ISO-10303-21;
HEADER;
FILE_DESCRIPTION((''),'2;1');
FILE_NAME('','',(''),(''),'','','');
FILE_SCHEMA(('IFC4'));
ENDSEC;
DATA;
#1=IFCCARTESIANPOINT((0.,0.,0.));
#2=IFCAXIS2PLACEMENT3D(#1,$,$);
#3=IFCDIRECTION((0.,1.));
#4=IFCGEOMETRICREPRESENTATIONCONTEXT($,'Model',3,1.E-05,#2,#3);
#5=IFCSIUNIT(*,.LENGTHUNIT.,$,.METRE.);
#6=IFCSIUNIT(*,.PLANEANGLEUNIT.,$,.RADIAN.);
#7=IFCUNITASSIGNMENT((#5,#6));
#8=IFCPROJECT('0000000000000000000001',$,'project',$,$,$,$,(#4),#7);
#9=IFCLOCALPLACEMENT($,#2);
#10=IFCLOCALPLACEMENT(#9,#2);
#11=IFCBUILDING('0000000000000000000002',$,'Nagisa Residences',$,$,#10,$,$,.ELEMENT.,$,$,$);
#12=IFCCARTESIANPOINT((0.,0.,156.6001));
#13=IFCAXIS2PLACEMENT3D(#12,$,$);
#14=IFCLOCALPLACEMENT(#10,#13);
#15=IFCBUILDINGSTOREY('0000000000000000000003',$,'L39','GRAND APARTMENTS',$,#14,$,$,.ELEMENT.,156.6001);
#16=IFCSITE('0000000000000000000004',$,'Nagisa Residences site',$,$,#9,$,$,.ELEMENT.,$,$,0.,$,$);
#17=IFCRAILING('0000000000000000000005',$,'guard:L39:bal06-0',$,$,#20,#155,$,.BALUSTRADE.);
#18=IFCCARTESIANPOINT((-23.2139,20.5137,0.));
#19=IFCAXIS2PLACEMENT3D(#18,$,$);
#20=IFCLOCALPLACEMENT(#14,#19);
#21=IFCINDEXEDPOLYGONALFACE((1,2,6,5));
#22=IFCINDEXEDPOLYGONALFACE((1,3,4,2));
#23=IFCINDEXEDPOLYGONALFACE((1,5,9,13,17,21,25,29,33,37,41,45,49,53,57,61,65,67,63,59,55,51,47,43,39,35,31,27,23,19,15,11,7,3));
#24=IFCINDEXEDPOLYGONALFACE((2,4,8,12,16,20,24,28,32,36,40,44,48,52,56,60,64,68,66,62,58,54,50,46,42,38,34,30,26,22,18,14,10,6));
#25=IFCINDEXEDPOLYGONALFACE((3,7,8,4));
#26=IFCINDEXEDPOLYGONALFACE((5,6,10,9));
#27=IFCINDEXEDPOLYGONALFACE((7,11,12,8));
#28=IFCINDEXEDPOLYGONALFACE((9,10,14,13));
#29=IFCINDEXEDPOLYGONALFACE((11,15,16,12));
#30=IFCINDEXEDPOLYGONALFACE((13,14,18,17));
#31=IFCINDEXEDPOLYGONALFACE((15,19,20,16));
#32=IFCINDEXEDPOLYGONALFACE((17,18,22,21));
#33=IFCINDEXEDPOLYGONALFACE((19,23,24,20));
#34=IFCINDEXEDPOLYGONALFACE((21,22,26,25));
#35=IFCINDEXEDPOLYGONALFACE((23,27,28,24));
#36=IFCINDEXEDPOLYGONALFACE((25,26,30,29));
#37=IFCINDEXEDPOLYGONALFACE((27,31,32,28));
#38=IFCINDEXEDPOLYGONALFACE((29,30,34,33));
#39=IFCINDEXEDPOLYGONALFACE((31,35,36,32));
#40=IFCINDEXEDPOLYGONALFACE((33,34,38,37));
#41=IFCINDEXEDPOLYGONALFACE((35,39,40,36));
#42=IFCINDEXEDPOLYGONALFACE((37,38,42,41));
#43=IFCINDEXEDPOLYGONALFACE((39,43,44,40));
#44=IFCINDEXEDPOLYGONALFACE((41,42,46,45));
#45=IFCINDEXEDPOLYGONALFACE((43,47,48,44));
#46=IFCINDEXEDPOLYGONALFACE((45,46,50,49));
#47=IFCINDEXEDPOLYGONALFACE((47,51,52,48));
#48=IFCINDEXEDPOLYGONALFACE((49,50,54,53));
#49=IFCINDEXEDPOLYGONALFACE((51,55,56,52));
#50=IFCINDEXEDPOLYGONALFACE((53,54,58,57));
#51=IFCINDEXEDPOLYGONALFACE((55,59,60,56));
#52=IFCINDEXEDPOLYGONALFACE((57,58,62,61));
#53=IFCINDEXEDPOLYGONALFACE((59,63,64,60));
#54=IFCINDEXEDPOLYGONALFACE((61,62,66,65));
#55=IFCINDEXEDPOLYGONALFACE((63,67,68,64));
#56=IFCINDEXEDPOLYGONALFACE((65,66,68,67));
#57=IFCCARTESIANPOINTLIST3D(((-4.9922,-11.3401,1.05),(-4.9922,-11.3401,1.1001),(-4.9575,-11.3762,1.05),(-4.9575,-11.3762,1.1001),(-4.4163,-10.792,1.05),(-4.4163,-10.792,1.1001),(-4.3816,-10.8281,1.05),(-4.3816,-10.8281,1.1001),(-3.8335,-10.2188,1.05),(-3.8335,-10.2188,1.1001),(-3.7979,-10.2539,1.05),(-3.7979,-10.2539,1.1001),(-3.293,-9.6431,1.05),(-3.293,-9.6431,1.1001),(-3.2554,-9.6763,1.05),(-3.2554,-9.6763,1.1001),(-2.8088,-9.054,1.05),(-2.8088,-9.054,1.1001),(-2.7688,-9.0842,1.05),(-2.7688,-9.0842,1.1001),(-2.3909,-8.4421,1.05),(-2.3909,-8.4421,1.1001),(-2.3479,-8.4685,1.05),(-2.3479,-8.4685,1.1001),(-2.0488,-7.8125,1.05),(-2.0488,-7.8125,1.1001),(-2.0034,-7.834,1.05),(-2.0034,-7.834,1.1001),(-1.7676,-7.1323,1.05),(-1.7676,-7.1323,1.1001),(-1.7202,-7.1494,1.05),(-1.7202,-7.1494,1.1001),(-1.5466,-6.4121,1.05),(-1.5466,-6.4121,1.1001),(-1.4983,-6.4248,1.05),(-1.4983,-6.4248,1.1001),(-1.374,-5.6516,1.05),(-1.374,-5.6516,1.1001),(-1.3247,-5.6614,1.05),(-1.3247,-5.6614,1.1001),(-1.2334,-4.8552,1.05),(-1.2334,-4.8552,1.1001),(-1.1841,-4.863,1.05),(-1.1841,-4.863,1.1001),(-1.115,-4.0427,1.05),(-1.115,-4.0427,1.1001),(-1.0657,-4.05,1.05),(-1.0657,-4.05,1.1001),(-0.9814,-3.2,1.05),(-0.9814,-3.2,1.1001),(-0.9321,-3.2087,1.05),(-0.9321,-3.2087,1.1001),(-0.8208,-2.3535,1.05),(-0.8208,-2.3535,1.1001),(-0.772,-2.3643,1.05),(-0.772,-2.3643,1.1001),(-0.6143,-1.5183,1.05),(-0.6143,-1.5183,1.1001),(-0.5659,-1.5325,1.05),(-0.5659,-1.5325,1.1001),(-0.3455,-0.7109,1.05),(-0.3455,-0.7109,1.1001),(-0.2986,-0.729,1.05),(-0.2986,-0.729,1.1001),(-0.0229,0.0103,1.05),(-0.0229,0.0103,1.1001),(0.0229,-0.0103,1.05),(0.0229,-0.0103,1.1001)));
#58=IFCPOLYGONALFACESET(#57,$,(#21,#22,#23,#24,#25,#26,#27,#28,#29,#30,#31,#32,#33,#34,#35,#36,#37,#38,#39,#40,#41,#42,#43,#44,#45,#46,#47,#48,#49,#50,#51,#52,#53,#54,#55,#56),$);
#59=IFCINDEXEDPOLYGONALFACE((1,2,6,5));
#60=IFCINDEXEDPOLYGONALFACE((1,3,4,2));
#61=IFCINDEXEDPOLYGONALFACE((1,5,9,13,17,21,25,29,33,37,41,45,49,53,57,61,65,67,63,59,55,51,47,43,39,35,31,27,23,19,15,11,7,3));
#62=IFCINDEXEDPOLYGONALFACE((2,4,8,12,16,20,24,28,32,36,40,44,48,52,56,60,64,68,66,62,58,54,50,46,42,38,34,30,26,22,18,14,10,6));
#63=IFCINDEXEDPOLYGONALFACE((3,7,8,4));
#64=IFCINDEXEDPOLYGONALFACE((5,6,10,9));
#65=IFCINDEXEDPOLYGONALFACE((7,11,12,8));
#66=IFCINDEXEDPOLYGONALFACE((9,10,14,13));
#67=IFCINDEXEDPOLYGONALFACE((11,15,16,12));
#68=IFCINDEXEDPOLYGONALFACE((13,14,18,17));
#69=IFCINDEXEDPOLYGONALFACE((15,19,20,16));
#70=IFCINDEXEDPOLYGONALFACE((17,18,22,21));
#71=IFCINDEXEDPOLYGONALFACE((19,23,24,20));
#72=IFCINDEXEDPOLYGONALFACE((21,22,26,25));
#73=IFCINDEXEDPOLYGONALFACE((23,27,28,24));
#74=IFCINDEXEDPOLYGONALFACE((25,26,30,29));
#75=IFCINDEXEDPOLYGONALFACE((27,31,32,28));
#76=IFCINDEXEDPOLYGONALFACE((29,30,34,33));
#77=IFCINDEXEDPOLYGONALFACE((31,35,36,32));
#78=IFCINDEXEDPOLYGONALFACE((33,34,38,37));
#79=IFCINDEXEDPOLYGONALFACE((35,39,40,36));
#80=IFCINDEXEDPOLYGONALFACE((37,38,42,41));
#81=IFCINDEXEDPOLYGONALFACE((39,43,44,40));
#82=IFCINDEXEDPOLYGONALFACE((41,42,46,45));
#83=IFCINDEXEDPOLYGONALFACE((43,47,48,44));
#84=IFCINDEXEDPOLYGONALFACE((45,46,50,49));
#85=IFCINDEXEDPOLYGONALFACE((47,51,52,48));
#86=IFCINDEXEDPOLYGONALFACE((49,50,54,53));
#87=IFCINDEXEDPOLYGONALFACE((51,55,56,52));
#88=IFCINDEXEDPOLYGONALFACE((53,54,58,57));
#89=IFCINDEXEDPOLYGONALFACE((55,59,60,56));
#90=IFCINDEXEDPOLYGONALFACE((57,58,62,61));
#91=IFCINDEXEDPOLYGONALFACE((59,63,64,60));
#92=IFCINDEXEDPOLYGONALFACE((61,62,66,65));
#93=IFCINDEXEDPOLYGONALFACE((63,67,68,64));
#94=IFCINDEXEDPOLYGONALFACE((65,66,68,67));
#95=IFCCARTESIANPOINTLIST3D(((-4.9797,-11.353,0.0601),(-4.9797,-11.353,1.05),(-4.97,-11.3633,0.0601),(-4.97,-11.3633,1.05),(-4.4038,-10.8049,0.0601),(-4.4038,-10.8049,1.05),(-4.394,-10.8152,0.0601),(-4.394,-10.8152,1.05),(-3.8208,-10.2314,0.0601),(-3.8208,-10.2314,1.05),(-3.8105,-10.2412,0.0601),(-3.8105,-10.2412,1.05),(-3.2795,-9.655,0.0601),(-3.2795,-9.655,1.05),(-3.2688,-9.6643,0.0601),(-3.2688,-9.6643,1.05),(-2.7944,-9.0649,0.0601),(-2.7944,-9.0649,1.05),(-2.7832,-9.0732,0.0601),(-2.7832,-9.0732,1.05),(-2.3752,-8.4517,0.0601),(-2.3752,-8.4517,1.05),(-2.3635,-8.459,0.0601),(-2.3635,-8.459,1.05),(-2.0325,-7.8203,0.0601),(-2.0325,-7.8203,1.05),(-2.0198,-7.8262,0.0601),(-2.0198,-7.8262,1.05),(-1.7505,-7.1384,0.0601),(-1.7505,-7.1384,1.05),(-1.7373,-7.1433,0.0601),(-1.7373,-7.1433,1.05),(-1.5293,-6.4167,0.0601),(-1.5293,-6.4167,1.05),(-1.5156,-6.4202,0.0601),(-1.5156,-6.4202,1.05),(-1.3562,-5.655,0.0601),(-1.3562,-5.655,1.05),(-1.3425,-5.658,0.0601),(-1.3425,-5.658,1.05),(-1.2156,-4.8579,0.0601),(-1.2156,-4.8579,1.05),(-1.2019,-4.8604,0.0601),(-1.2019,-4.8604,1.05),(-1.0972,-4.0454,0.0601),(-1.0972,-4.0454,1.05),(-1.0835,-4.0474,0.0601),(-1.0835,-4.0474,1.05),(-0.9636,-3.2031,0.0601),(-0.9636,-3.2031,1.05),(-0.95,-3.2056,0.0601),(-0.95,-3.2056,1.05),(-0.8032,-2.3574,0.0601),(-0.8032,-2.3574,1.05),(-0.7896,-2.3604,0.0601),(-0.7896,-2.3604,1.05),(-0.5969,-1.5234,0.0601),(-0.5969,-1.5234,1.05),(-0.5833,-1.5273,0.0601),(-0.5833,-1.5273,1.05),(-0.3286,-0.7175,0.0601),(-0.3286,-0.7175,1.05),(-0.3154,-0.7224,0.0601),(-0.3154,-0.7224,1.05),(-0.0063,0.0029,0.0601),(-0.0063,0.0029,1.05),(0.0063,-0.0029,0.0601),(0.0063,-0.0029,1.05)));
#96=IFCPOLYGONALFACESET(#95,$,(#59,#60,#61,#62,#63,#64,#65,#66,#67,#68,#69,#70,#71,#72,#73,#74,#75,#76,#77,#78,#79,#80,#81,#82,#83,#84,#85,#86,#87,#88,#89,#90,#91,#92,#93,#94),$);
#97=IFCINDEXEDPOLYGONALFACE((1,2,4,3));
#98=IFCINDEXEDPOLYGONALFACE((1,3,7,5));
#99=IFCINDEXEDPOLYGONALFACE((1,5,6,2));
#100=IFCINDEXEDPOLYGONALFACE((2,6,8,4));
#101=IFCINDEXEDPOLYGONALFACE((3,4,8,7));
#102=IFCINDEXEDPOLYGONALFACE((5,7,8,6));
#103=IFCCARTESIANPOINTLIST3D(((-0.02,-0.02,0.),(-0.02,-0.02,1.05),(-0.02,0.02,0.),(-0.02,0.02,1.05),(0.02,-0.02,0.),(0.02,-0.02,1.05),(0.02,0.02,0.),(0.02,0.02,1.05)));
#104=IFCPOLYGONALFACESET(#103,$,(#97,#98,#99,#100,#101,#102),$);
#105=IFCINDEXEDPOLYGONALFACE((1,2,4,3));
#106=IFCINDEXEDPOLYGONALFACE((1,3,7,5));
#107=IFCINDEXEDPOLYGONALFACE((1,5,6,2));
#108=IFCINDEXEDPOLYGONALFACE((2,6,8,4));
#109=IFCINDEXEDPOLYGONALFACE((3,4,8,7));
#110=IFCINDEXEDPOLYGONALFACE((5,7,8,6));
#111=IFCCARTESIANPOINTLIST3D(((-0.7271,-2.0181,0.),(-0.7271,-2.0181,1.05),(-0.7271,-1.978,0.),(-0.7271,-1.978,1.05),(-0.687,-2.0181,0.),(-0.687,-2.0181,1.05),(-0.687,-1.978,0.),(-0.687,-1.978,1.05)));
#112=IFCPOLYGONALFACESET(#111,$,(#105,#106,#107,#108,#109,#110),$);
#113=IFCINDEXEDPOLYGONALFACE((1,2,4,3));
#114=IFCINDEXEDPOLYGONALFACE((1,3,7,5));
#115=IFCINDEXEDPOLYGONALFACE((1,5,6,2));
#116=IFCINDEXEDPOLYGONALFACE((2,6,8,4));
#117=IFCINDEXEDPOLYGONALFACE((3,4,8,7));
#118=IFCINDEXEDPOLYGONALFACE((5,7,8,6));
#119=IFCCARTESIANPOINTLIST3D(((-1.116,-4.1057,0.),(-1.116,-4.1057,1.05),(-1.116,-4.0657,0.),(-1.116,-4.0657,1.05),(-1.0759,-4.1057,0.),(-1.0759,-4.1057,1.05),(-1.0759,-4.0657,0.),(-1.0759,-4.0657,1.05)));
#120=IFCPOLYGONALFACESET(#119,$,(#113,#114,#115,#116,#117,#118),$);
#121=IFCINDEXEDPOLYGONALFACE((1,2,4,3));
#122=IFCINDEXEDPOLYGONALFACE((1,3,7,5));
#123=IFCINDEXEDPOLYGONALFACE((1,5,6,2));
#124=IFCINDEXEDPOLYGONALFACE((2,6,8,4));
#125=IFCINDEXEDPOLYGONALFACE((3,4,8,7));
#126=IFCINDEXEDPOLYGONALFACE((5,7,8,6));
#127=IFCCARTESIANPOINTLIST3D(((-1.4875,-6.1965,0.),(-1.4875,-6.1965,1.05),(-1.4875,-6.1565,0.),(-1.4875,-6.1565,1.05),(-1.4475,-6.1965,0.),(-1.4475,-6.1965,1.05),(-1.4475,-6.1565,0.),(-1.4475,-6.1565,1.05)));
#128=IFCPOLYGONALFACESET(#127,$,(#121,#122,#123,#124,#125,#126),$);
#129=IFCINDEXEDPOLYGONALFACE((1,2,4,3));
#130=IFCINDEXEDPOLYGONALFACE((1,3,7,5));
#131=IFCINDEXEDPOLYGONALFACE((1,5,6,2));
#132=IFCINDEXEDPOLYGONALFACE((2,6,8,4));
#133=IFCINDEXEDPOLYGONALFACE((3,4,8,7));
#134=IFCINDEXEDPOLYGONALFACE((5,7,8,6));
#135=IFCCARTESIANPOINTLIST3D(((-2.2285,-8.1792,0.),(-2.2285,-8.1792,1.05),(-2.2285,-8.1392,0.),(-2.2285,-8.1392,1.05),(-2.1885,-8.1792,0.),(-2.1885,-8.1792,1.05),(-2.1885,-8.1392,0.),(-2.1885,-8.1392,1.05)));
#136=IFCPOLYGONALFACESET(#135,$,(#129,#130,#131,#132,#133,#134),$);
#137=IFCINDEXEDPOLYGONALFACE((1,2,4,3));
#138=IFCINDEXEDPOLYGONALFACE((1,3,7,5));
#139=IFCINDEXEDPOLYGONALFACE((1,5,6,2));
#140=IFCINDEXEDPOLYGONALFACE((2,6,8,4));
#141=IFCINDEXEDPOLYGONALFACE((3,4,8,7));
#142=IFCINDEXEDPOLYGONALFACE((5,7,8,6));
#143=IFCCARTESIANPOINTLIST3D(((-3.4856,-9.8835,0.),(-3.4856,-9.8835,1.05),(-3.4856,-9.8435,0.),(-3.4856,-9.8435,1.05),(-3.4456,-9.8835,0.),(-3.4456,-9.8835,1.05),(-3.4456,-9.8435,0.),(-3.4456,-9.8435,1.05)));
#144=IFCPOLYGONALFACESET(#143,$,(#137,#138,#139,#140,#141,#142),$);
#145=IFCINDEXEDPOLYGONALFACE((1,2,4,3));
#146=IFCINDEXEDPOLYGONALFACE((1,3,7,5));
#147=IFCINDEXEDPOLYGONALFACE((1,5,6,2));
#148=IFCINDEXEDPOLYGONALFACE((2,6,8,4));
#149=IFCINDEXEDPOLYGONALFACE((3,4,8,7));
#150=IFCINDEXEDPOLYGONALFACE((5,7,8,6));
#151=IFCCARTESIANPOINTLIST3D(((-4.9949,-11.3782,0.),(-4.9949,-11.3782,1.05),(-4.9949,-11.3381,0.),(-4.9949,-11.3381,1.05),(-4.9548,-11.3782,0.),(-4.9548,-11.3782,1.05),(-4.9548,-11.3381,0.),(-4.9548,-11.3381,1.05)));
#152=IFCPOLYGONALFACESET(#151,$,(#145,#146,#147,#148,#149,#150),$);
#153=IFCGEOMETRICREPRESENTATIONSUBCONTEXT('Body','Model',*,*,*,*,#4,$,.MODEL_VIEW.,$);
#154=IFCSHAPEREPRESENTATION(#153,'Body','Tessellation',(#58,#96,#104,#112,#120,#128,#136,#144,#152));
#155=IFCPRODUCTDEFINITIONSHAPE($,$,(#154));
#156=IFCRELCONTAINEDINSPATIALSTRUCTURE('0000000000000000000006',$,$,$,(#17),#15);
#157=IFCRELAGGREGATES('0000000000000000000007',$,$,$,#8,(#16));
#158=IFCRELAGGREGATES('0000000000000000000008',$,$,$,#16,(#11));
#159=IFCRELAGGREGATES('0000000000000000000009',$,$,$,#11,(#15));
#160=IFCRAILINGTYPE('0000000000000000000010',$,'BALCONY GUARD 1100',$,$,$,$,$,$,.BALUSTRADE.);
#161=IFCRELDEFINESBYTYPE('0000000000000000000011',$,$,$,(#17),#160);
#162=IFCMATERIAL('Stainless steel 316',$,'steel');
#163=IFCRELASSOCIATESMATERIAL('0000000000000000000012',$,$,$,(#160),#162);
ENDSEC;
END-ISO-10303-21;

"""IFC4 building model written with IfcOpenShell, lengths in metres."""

from ifc_helpers import new_model, si_unit, direction, frame, origin, origin_2d, place, context, subcontext, project, spatial, polyline, rectangle, outline, extrude, material, type_object, element, save


model = new_model("IFC4")

# Units and contexts
model_context = context("Model", 3, precision=1e-05, world=origin(), true_north=direction((0.0, 1.0)))
body_context = subcontext(model_context, "Body", "Model", "MODEL_VIEW")
ifc_project = project(units=[si_unit("LENGTHUNIT", "METRE"), si_unit("PLANEANGLEUNIT", "RADIAN")], contexts=[model_context])

# Site, building, storey
site_placement = place(None, origin())
site = spatial("IfcSite", under=ifc_project, at=site_placement, Name="Nagisa Residences site", CompositionType="ELEMENT", RefElevation=0.0)
building_placement = place(site_placement, origin())
building = spatial("IfcBuilding", under=site, at=building_placement, Name="Nagisa Residences", CompositionType="ELEMENT")
storey_placement = place(building_placement, frame((0.0, 0.0, 156.6001)))
storey = spatial("IfcBuildingStorey", under=building, at=storey_placement, Name="L39", Description="GRAND APARTMENTS", CompositionType="ELEMENT", Elevation=156.6001)

# Railing
ifc_material_1 = material(Name="Stainless steel 316", Category="steel")
railing_type = type_object("IfcRailingType", Name="BALCONY GUARD 1100", PredefinedType="BALUSTRADE", material=ifc_material_1)
railing_1_placement = place(storey_placement, frame((-23.2139, 20.5137, 0.0)))
element("IfcRailing", 1, at=railing_1_placement, inside=storey, type_object=railing_type, Name="guard:L39:bal06-0", PredefinedType="BALUSTRADE", context=body_context, shape_type="SweptSolid", body=[
    extrude(outline(polyline([(-0.2986, -0.729), (0.0229, -0.0103), (-0.0229, 0.0103), (-0.3455, -0.7109), (-0.6143, -1.5183), (-0.8208, -2.3535), (-0.9814, -3.2), (-1.115, -4.0427), (-1.2334, -4.8552), (-1.374, -5.6516), (-1.5466, -6.4121), (-1.7676, -7.1323), (-2.0488, -7.8125), (-2.3909, -8.4421), (-2.8088, -9.054), (-3.293, -9.6431), (-3.8335, -10.2188), (-4.4163, -10.792), (-4.9922, -11.3401), (-4.9575, -11.3762), (-4.3816, -10.8281), (-3.7979, -10.2539), (-3.2554, -9.6763), (-2.7688, -9.0842), (-2.3479, -8.4685), (-2.0034, -7.834), (-1.7202, -7.1494), (-1.4983, -6.4248), (-1.3247, -5.6614), (-1.1841, -4.863), (-1.0657, -4.05), (-0.9321, -3.2087), (-0.772, -2.3643), (-0.5659, -1.5325), (-0.2986, -0.729)])), frame((0.0, 0.0, 1.05)), (0.0, 0.0, 1.0), 0.05),
    extrude(outline(polyline([(-0.3154, -0.7224), (0.0063, -0.0029), (-0.0063, 0.0029), (-0.3286, -0.7175), (-0.5969, -1.5234), (-0.8032, -2.3574), (-0.9636, -3.2031), (-1.0972, -4.0454), (-1.2156, -4.8579), (-1.3562, -5.655), (-1.5293, -6.4167), (-1.7505, -7.1384), (-2.0325, -7.8203), (-2.3752, -8.4517), (-2.7944, -9.0649), (-3.2795, -9.655), (-3.8208, -10.2314), (-4.4038, -10.8049), (-4.9797, -11.353), (-4.97, -11.3633), (-4.394, -10.8152), (-3.8105, -10.2412), (-3.2688, -9.6643), (-2.7832, -9.0732), (-2.3635, -8.459), (-2.0198, -7.8262), (-1.7373, -7.1433), (-1.5156, -6.4202), (-1.3425, -5.658), (-1.2019, -4.8604), (-1.0835, -4.0474), (-0.95, -3.2056), (-0.7896, -2.3604), (-0.5833, -1.5273), (-0.3154, -0.7224)])), frame((0.0, 0.0, 0.0601)), (0.0, 0.0, 1.0), 0.99),
    extrude(rectangle(XDim=0.04, YDim=0.04, at=origin_2d()), origin(), (0.0, 0.0, 1.0), 1.05),
    extrude(rectangle(XDim=0.04, YDim=0.04, at=origin_2d()), frame((-0.707, -1.998, 0.0)), (0.0, 0.0, 1.0), 1.05),
    extrude(rectangle(XDim=0.04, YDim=0.04, at=origin_2d()), frame((-1.0959, -4.0857, 0.0)), (0.0, 0.0, 1.0), 1.05),
    extrude(rectangle(XDim=0.04, YDim=0.04, at=origin_2d()), frame((-1.4675, -6.1765, 0.0)), (0.0, 0.0, 1.0), 1.05),
    extrude(rectangle(XDim=0.04, YDim=0.04, at=origin_2d()), frame((-2.2085, -8.1592, 0.0)), (0.0, 0.0, 1.0), 1.05),
    extrude(rectangle(XDim=0.04, YDim=0.04, at=origin_2d()), frame((-3.4656, -9.8635, 0.0)), (0.0, 0.0, 1.0), 1.05),
    extrude(rectangle(XDim=0.04, YDim=0.04, at=origin_2d()), frame((-4.9749, -11.3582, 0.0)), (0.0, 0.0, 1.0), 1.05),
])

save(model, "model.ifc")
